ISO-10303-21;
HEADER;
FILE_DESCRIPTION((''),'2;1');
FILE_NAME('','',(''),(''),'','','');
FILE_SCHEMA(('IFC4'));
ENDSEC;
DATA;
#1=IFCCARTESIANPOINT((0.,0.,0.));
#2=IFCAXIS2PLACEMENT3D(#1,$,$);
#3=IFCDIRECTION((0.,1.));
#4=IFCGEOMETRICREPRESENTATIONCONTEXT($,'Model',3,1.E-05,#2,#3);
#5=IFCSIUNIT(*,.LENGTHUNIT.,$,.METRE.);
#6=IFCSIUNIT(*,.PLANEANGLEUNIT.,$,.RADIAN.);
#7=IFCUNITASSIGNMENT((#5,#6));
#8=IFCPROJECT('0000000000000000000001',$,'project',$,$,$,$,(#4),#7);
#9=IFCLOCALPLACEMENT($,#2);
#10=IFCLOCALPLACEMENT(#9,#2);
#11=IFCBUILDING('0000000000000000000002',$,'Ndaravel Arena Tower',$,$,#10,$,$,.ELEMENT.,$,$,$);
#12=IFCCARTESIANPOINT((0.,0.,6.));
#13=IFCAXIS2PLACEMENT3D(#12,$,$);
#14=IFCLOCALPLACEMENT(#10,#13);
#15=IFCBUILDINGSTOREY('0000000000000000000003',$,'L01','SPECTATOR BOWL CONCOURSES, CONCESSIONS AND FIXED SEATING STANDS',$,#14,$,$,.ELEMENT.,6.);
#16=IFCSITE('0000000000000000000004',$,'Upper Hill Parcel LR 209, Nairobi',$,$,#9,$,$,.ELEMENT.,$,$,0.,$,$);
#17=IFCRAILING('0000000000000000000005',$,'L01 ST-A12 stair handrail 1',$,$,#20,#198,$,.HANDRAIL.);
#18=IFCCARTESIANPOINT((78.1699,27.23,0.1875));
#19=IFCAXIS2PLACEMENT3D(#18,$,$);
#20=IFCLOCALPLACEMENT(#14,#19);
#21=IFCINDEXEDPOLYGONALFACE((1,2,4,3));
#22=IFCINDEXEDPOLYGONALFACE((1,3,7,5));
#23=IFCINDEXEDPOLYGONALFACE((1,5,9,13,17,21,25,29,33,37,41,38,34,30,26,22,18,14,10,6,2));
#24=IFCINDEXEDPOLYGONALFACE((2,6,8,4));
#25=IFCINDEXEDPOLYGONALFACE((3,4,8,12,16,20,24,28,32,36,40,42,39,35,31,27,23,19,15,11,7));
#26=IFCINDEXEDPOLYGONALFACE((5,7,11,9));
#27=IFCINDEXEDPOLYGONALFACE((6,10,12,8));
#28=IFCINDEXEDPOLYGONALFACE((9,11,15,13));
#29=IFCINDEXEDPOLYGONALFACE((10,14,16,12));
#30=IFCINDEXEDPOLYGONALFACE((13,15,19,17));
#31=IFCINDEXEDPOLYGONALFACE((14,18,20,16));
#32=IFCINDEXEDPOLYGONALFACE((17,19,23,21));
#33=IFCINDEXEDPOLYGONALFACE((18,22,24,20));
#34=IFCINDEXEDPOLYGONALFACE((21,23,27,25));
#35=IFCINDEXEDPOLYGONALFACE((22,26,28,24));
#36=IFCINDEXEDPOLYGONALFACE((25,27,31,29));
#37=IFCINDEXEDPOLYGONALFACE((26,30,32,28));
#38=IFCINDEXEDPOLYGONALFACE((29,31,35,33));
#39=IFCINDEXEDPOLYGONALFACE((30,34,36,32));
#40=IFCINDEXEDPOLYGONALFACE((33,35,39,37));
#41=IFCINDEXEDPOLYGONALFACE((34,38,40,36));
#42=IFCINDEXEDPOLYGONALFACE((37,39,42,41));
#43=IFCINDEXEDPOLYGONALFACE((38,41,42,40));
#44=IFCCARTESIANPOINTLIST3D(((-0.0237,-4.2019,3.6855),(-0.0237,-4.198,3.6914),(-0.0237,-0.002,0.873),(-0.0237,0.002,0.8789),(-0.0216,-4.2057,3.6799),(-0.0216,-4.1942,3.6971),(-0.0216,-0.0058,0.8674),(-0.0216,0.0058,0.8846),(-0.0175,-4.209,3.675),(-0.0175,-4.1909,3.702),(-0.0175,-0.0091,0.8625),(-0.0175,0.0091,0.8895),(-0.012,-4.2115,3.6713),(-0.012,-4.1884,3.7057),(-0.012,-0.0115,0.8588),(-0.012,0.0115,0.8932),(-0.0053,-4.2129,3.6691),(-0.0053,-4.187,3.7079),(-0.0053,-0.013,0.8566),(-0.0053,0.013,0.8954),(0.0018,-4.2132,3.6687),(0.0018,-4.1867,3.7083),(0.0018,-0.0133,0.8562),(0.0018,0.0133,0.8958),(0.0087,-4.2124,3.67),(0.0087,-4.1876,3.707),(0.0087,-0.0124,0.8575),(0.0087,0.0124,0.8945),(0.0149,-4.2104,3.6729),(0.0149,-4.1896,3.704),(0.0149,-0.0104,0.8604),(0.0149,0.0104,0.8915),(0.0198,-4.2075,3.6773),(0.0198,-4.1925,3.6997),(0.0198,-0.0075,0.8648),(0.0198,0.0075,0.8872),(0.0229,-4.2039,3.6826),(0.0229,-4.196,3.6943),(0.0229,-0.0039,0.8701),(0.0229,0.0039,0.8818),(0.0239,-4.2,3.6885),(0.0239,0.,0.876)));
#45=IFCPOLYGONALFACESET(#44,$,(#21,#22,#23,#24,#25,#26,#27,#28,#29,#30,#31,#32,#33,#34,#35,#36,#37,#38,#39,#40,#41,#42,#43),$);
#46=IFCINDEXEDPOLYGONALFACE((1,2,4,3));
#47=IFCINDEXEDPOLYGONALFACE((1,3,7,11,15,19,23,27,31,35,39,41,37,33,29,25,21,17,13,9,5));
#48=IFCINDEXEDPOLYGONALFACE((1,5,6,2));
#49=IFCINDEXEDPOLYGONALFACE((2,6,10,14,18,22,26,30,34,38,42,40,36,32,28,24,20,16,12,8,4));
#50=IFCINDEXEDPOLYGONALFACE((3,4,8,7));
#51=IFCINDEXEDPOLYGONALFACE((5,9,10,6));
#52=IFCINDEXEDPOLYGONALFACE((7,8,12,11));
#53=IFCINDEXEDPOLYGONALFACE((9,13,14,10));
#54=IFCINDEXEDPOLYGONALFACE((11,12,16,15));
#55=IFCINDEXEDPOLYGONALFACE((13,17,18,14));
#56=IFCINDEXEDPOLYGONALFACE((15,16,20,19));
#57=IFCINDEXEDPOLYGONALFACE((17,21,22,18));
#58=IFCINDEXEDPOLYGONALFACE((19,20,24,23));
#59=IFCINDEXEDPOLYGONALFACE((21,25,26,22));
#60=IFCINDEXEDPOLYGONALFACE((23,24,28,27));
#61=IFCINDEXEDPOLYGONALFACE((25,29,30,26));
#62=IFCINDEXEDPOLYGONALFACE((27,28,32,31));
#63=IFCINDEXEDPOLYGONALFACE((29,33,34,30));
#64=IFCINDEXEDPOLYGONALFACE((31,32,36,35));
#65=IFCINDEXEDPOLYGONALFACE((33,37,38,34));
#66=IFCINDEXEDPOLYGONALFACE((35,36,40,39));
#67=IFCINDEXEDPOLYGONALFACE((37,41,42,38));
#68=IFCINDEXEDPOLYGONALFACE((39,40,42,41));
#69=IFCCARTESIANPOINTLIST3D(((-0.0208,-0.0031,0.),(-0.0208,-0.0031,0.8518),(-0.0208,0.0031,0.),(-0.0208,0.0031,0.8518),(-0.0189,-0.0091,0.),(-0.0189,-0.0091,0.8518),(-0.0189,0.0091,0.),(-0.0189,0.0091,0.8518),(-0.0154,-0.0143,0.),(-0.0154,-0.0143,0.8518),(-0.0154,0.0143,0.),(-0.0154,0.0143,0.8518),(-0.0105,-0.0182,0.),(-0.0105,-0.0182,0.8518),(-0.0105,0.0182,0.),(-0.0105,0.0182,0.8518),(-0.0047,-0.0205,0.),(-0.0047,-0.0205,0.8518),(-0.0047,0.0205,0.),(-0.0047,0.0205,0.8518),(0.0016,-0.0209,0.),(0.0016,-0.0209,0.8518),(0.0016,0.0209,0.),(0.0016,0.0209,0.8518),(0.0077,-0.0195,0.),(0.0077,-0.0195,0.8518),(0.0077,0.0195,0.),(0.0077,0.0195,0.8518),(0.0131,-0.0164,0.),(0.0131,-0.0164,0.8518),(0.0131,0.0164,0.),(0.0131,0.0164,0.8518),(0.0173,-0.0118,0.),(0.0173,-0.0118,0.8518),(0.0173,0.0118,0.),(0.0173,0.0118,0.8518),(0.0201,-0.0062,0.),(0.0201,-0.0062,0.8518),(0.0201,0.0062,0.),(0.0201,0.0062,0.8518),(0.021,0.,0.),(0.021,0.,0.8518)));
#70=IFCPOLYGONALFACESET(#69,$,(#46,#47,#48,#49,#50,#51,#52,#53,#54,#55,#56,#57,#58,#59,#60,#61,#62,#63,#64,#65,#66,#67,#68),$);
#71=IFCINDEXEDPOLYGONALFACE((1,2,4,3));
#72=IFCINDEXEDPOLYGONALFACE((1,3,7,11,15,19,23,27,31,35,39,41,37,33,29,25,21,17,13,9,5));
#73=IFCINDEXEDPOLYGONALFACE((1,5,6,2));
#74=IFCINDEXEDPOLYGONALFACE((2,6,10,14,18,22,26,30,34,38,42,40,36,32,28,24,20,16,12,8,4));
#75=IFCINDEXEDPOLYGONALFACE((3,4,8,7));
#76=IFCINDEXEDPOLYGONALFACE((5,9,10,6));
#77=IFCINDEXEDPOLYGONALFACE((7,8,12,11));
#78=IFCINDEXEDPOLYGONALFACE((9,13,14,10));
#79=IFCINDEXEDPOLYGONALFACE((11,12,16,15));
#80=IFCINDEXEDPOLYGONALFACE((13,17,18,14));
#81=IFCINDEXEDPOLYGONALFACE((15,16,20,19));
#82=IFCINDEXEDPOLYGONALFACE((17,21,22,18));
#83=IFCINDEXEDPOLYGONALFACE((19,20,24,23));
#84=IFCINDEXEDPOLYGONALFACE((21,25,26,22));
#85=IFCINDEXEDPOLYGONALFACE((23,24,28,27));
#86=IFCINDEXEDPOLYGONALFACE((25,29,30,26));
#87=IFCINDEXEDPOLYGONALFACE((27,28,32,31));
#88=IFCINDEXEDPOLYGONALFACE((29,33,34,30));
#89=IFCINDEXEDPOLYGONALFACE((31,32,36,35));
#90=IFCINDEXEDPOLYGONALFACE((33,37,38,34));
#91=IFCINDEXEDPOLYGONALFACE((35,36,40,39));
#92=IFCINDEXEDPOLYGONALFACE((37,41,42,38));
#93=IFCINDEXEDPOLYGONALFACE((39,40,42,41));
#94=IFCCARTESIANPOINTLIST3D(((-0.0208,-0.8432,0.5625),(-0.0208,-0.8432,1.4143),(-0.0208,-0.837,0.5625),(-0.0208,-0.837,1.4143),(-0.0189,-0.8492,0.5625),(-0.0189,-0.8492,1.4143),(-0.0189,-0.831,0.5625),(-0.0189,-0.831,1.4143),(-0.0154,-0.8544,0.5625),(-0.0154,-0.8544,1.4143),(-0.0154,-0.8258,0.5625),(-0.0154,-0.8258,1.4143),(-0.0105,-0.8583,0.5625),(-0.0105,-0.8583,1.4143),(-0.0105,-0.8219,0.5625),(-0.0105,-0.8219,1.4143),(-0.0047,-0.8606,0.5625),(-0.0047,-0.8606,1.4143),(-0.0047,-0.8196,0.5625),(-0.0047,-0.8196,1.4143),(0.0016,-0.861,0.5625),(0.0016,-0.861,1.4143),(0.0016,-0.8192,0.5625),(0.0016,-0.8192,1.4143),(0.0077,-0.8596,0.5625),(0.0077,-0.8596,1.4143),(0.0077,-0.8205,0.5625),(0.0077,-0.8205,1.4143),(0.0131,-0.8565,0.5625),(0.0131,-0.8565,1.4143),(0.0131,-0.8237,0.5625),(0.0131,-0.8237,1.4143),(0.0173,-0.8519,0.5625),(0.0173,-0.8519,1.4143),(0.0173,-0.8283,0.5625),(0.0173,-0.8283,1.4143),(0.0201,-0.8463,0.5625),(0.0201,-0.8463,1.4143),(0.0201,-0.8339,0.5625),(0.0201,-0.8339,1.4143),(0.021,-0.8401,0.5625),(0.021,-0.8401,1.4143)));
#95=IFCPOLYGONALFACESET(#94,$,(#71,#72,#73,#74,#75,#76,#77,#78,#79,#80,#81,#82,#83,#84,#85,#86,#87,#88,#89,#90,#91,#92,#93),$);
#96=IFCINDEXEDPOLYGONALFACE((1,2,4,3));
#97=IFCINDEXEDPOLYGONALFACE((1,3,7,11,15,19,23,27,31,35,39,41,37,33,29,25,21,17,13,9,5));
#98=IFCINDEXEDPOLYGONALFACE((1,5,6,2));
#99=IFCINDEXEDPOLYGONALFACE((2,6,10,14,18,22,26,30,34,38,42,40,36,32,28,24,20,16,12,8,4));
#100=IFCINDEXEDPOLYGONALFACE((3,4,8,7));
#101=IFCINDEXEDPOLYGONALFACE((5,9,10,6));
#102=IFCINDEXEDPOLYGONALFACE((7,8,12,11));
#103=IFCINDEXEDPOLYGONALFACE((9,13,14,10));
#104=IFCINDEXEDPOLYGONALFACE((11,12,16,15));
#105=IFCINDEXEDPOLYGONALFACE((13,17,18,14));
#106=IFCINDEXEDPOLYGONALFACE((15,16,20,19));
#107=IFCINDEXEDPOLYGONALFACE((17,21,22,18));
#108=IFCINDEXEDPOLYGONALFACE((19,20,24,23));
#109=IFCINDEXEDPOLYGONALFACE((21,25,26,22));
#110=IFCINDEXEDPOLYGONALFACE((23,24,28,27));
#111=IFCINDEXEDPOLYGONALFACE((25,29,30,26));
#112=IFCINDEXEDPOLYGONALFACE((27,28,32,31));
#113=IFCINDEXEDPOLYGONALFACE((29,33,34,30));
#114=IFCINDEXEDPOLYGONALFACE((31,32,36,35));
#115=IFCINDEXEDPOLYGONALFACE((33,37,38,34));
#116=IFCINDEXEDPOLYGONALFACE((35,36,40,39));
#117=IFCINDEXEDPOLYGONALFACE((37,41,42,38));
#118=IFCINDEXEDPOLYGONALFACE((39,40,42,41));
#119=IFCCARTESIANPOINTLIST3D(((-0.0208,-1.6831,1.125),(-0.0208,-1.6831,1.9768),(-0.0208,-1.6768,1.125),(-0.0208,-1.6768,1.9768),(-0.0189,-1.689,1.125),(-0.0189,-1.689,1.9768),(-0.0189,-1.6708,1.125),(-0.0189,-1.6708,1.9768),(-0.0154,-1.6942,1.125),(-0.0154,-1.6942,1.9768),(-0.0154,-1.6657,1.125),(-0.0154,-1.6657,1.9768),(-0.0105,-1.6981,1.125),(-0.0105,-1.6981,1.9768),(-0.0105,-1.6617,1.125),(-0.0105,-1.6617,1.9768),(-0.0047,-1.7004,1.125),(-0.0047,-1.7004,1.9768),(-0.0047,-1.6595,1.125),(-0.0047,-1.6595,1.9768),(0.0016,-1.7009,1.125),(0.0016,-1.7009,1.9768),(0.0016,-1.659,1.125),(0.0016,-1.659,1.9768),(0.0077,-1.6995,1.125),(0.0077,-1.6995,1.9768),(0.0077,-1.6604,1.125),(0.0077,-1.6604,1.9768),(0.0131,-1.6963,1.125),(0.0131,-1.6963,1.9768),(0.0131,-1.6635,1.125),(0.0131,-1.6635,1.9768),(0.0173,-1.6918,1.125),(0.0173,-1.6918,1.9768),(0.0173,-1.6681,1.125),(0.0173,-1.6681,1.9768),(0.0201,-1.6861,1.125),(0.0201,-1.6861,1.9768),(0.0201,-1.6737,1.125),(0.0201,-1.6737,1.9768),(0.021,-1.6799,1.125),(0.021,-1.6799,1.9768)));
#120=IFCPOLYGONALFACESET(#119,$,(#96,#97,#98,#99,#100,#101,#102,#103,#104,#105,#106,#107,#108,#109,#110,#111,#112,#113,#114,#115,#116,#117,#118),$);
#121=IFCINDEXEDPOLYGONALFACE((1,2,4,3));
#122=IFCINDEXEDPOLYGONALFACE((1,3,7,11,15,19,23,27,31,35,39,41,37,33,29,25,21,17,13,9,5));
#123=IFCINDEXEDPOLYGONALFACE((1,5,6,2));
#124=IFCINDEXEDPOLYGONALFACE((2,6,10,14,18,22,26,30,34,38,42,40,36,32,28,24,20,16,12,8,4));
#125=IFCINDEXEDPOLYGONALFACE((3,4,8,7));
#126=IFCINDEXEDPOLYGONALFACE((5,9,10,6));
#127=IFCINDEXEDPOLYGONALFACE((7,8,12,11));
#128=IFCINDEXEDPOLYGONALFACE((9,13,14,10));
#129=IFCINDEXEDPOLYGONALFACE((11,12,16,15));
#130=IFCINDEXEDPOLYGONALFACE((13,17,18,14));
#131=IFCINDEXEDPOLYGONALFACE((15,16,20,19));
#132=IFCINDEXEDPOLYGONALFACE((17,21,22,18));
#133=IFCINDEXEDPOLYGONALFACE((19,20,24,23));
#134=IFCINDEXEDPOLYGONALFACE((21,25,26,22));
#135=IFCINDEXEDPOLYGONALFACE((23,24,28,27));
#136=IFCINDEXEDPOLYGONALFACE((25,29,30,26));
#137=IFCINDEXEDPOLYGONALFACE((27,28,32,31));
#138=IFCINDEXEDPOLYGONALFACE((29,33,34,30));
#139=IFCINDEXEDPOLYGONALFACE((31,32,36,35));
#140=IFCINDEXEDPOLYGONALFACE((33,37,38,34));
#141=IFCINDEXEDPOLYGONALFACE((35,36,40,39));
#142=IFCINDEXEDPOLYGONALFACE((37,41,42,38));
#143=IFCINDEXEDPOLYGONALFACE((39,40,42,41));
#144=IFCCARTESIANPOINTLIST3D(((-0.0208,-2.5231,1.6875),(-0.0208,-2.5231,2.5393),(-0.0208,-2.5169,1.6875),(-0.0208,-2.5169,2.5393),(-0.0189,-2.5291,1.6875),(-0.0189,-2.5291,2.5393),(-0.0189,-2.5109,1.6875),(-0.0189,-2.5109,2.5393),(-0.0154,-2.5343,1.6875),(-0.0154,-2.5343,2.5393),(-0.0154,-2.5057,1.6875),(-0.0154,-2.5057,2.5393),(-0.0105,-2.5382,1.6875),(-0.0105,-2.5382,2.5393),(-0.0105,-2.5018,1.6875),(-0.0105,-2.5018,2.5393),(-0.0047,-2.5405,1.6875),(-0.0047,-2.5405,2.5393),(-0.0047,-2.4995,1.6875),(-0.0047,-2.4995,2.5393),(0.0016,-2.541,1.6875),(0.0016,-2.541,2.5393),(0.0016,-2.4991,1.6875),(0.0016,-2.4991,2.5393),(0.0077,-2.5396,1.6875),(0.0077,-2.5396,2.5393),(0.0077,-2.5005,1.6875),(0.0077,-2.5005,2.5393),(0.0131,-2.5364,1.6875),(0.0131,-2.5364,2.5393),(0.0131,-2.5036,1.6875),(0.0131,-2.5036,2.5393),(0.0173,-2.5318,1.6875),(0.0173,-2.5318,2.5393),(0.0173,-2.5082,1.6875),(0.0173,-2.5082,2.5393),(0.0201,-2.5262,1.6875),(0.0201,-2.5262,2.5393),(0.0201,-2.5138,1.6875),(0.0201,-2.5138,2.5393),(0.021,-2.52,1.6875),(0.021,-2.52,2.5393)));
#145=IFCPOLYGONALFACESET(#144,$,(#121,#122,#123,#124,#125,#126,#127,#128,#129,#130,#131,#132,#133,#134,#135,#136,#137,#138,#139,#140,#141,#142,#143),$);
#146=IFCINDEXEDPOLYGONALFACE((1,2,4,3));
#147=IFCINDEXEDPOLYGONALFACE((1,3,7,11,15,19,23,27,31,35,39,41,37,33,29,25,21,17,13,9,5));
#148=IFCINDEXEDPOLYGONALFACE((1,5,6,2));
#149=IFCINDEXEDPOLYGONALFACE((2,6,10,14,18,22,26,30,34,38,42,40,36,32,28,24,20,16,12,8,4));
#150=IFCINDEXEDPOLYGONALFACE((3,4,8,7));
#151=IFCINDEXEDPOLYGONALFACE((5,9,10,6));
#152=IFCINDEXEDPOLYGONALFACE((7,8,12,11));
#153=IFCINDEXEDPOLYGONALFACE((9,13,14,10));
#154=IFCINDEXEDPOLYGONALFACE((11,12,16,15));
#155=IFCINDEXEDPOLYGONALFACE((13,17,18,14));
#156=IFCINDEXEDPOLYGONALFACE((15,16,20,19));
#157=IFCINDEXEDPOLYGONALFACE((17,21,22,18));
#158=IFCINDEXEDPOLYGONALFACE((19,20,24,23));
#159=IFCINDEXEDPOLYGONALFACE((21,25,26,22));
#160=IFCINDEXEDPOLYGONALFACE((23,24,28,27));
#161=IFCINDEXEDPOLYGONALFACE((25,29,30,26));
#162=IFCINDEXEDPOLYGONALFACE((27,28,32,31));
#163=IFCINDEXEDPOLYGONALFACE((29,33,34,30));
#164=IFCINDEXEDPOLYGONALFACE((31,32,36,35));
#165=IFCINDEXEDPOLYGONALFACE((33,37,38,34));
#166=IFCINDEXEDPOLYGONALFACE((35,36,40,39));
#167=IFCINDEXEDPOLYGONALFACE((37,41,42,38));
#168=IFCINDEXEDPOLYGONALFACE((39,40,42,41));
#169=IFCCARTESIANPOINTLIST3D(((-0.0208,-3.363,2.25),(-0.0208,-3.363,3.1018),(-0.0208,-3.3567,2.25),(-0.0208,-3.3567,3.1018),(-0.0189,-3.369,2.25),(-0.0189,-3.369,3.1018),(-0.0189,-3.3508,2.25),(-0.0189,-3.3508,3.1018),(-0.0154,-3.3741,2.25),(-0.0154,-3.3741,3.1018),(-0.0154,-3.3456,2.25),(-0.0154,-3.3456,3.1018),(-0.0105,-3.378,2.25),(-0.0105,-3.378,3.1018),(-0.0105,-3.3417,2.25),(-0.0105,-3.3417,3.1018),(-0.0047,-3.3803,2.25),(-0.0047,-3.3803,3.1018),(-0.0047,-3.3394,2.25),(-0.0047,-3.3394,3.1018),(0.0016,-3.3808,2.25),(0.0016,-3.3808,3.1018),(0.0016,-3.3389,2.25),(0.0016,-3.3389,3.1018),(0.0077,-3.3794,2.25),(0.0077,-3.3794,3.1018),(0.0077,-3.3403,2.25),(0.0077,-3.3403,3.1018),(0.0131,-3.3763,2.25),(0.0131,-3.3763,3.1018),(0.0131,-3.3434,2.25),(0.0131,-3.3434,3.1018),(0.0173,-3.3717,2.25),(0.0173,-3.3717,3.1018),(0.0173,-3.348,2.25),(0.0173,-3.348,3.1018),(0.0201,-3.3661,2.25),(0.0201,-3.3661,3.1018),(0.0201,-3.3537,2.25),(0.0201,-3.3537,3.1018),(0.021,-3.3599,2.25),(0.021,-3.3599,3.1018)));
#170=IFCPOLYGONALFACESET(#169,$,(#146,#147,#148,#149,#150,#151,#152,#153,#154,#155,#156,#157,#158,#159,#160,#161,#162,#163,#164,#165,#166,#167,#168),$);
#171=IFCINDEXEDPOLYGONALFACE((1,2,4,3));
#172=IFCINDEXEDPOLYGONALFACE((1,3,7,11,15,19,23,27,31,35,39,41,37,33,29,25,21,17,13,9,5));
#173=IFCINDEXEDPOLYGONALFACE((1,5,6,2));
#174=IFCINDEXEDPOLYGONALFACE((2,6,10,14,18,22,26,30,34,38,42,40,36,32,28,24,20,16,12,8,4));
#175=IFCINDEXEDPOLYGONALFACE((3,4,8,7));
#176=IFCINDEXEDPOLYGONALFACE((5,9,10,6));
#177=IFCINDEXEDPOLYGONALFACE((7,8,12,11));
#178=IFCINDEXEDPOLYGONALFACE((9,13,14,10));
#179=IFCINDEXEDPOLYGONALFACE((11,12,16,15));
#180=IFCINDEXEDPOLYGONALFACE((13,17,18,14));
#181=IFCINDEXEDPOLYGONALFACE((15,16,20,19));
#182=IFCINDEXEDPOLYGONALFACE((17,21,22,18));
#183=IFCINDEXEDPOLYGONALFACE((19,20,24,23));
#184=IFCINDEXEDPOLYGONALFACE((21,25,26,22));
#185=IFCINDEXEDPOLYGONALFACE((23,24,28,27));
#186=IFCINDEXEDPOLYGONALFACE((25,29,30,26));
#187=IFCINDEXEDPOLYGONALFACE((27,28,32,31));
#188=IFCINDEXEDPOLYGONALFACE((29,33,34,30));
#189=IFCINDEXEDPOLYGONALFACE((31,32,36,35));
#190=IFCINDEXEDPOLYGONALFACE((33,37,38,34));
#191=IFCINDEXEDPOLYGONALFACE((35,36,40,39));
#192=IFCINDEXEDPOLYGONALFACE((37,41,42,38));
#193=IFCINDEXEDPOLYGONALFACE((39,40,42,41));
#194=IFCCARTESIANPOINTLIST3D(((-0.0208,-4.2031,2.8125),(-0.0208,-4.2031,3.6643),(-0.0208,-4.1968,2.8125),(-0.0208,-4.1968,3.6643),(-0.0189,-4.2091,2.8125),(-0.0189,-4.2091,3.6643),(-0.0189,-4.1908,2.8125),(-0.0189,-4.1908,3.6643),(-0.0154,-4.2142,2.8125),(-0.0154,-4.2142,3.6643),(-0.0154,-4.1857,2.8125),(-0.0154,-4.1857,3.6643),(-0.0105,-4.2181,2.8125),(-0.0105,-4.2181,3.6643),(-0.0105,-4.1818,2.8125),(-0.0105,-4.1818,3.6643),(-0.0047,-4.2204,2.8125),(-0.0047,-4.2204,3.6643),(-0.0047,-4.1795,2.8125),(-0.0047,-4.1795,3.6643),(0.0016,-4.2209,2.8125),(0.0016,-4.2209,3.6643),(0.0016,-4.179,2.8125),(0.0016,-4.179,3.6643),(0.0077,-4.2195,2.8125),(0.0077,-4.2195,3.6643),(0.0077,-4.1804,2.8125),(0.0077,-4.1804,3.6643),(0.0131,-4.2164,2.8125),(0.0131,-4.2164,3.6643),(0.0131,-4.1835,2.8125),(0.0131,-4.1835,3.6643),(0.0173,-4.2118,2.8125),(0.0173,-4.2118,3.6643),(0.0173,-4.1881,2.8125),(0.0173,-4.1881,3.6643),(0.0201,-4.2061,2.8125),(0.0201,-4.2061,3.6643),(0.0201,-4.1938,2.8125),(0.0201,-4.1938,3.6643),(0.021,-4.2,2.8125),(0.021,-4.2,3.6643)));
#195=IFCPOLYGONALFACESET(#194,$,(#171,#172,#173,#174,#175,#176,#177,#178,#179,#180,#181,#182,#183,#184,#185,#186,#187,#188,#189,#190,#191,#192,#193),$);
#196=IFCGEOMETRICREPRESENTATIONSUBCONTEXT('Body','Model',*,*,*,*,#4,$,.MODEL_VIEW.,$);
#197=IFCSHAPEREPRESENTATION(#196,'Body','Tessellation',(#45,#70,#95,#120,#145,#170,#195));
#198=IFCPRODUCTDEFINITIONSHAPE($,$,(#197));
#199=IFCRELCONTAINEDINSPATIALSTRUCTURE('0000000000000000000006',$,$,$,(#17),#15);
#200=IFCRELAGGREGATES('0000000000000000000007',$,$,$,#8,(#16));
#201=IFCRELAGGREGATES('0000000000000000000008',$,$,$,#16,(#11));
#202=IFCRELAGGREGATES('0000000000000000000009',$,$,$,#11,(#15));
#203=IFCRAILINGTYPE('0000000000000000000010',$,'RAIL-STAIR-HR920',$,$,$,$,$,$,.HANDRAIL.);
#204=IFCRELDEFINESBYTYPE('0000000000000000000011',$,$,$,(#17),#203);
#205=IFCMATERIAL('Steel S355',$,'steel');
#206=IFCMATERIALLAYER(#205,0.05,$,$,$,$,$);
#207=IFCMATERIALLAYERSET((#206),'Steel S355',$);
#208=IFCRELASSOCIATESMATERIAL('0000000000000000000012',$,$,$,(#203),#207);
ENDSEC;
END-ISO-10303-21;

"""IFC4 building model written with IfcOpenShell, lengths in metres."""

from ifc_helpers import new_model, si_unit, direction, frame, origin, origin_2d, place, context, subcontext, project, spatial, circle, extrude, material, layer, layer_set, type_object, element, save


model = new_model("IFC4")

# Units and contexts
model_context = context("Model", 3, precision=1e-05, world=origin(), true_north=direction((0.0, 1.0)))
body_context = subcontext(model_context, "Body", "Model", "MODEL_VIEW")
ifc_project = project(units=[si_unit("LENGTHUNIT", "METRE"), si_unit("PLANEANGLEUNIT", "RADIAN")], contexts=[model_context])

# Site, building, storey
site_placement = place(None, origin())
site = spatial("IfcSite", under=ifc_project, at=site_placement, Name="Upper Hill Parcel LR 209, Nairobi", CompositionType="ELEMENT", RefElevation=0.0)
building_placement = place(site_placement, origin())
building = spatial("IfcBuilding", under=site, at=building_placement, Name="Ndaravel Arena Tower", CompositionType="ELEMENT")
storey_placement = place(building_placement, frame((0.0, 0.0, 6.0)))
storey = spatial("IfcBuildingStorey", under=building, at=storey_placement, Name="L01", Description="SPECTATOR BOWL CONCOURSES, CONCESSIONS AND FIXED SEATING STANDS", CompositionType="ELEMENT", Elevation=6.0)

# Railing
ifc_material_1 = material(Name="Steel S355", Category="steel")
ifc_layer_1 = layer(ifc_material_1, 0.05)
ifc_layer_set_1 = layer_set([ifc_layer_1], Name="Steel S355")
railing_type_1 = type_object("IfcRailingType", Name="RAIL-STAIR-HR920", PredefinedType="HANDRAIL", material=ifc_layer_set_1)
railing_1_placement = place(storey_placement, frame((78.1699, 27.23, 0.1875)))
element("IfcRailing", 1, at=railing_1_placement, inside=storey, type_object=railing_type_1, Name="L01 ST-A12 stair handrail 1", PredefinedType="HANDRAIL", context=body_context, shape_type="SweptSolid", body=[
    extrude(circle(Radius=0.0239, at=origin_2d()), frame((0.0, 0.0, 0.876), z_axis=(0.0, -0.830904, 0.556416), x_axis=(1.0, 0.0, 0.0)), (0.0, 0.0, 1.0), 5.0547),
    extrude(circle(Radius=0.021, at=origin_2d()), origin(), (0.0, 0.0, 1.0), 0.8518),
    extrude(circle(Radius=0.021, at=origin_2d()), frame((0.0, -0.8401, 0.5625)), (0.0, 0.0, 1.0), 0.8518),
    extrude(circle(Radius=0.021, at=origin_2d()), frame((0.0, -1.6799, 1.125)), (0.0, 0.0, 1.0), 0.8518),
    extrude(circle(Radius=0.021, at=origin_2d()), frame((0.0, -2.52, 1.6875)), (0.0, 0.0, 1.0), 0.8518),
    extrude(circle(Radius=0.021, at=origin_2d()), frame((0.0, -3.3599, 2.25)), (0.0, 0.0, 1.0), 0.8518),
    extrude(circle(Radius=0.021, at=origin_2d()), frame((0.0, -4.2, 2.8125)), (0.0, 0.0, 1.0), 0.8518),
])

save(model, "model.ifc")
